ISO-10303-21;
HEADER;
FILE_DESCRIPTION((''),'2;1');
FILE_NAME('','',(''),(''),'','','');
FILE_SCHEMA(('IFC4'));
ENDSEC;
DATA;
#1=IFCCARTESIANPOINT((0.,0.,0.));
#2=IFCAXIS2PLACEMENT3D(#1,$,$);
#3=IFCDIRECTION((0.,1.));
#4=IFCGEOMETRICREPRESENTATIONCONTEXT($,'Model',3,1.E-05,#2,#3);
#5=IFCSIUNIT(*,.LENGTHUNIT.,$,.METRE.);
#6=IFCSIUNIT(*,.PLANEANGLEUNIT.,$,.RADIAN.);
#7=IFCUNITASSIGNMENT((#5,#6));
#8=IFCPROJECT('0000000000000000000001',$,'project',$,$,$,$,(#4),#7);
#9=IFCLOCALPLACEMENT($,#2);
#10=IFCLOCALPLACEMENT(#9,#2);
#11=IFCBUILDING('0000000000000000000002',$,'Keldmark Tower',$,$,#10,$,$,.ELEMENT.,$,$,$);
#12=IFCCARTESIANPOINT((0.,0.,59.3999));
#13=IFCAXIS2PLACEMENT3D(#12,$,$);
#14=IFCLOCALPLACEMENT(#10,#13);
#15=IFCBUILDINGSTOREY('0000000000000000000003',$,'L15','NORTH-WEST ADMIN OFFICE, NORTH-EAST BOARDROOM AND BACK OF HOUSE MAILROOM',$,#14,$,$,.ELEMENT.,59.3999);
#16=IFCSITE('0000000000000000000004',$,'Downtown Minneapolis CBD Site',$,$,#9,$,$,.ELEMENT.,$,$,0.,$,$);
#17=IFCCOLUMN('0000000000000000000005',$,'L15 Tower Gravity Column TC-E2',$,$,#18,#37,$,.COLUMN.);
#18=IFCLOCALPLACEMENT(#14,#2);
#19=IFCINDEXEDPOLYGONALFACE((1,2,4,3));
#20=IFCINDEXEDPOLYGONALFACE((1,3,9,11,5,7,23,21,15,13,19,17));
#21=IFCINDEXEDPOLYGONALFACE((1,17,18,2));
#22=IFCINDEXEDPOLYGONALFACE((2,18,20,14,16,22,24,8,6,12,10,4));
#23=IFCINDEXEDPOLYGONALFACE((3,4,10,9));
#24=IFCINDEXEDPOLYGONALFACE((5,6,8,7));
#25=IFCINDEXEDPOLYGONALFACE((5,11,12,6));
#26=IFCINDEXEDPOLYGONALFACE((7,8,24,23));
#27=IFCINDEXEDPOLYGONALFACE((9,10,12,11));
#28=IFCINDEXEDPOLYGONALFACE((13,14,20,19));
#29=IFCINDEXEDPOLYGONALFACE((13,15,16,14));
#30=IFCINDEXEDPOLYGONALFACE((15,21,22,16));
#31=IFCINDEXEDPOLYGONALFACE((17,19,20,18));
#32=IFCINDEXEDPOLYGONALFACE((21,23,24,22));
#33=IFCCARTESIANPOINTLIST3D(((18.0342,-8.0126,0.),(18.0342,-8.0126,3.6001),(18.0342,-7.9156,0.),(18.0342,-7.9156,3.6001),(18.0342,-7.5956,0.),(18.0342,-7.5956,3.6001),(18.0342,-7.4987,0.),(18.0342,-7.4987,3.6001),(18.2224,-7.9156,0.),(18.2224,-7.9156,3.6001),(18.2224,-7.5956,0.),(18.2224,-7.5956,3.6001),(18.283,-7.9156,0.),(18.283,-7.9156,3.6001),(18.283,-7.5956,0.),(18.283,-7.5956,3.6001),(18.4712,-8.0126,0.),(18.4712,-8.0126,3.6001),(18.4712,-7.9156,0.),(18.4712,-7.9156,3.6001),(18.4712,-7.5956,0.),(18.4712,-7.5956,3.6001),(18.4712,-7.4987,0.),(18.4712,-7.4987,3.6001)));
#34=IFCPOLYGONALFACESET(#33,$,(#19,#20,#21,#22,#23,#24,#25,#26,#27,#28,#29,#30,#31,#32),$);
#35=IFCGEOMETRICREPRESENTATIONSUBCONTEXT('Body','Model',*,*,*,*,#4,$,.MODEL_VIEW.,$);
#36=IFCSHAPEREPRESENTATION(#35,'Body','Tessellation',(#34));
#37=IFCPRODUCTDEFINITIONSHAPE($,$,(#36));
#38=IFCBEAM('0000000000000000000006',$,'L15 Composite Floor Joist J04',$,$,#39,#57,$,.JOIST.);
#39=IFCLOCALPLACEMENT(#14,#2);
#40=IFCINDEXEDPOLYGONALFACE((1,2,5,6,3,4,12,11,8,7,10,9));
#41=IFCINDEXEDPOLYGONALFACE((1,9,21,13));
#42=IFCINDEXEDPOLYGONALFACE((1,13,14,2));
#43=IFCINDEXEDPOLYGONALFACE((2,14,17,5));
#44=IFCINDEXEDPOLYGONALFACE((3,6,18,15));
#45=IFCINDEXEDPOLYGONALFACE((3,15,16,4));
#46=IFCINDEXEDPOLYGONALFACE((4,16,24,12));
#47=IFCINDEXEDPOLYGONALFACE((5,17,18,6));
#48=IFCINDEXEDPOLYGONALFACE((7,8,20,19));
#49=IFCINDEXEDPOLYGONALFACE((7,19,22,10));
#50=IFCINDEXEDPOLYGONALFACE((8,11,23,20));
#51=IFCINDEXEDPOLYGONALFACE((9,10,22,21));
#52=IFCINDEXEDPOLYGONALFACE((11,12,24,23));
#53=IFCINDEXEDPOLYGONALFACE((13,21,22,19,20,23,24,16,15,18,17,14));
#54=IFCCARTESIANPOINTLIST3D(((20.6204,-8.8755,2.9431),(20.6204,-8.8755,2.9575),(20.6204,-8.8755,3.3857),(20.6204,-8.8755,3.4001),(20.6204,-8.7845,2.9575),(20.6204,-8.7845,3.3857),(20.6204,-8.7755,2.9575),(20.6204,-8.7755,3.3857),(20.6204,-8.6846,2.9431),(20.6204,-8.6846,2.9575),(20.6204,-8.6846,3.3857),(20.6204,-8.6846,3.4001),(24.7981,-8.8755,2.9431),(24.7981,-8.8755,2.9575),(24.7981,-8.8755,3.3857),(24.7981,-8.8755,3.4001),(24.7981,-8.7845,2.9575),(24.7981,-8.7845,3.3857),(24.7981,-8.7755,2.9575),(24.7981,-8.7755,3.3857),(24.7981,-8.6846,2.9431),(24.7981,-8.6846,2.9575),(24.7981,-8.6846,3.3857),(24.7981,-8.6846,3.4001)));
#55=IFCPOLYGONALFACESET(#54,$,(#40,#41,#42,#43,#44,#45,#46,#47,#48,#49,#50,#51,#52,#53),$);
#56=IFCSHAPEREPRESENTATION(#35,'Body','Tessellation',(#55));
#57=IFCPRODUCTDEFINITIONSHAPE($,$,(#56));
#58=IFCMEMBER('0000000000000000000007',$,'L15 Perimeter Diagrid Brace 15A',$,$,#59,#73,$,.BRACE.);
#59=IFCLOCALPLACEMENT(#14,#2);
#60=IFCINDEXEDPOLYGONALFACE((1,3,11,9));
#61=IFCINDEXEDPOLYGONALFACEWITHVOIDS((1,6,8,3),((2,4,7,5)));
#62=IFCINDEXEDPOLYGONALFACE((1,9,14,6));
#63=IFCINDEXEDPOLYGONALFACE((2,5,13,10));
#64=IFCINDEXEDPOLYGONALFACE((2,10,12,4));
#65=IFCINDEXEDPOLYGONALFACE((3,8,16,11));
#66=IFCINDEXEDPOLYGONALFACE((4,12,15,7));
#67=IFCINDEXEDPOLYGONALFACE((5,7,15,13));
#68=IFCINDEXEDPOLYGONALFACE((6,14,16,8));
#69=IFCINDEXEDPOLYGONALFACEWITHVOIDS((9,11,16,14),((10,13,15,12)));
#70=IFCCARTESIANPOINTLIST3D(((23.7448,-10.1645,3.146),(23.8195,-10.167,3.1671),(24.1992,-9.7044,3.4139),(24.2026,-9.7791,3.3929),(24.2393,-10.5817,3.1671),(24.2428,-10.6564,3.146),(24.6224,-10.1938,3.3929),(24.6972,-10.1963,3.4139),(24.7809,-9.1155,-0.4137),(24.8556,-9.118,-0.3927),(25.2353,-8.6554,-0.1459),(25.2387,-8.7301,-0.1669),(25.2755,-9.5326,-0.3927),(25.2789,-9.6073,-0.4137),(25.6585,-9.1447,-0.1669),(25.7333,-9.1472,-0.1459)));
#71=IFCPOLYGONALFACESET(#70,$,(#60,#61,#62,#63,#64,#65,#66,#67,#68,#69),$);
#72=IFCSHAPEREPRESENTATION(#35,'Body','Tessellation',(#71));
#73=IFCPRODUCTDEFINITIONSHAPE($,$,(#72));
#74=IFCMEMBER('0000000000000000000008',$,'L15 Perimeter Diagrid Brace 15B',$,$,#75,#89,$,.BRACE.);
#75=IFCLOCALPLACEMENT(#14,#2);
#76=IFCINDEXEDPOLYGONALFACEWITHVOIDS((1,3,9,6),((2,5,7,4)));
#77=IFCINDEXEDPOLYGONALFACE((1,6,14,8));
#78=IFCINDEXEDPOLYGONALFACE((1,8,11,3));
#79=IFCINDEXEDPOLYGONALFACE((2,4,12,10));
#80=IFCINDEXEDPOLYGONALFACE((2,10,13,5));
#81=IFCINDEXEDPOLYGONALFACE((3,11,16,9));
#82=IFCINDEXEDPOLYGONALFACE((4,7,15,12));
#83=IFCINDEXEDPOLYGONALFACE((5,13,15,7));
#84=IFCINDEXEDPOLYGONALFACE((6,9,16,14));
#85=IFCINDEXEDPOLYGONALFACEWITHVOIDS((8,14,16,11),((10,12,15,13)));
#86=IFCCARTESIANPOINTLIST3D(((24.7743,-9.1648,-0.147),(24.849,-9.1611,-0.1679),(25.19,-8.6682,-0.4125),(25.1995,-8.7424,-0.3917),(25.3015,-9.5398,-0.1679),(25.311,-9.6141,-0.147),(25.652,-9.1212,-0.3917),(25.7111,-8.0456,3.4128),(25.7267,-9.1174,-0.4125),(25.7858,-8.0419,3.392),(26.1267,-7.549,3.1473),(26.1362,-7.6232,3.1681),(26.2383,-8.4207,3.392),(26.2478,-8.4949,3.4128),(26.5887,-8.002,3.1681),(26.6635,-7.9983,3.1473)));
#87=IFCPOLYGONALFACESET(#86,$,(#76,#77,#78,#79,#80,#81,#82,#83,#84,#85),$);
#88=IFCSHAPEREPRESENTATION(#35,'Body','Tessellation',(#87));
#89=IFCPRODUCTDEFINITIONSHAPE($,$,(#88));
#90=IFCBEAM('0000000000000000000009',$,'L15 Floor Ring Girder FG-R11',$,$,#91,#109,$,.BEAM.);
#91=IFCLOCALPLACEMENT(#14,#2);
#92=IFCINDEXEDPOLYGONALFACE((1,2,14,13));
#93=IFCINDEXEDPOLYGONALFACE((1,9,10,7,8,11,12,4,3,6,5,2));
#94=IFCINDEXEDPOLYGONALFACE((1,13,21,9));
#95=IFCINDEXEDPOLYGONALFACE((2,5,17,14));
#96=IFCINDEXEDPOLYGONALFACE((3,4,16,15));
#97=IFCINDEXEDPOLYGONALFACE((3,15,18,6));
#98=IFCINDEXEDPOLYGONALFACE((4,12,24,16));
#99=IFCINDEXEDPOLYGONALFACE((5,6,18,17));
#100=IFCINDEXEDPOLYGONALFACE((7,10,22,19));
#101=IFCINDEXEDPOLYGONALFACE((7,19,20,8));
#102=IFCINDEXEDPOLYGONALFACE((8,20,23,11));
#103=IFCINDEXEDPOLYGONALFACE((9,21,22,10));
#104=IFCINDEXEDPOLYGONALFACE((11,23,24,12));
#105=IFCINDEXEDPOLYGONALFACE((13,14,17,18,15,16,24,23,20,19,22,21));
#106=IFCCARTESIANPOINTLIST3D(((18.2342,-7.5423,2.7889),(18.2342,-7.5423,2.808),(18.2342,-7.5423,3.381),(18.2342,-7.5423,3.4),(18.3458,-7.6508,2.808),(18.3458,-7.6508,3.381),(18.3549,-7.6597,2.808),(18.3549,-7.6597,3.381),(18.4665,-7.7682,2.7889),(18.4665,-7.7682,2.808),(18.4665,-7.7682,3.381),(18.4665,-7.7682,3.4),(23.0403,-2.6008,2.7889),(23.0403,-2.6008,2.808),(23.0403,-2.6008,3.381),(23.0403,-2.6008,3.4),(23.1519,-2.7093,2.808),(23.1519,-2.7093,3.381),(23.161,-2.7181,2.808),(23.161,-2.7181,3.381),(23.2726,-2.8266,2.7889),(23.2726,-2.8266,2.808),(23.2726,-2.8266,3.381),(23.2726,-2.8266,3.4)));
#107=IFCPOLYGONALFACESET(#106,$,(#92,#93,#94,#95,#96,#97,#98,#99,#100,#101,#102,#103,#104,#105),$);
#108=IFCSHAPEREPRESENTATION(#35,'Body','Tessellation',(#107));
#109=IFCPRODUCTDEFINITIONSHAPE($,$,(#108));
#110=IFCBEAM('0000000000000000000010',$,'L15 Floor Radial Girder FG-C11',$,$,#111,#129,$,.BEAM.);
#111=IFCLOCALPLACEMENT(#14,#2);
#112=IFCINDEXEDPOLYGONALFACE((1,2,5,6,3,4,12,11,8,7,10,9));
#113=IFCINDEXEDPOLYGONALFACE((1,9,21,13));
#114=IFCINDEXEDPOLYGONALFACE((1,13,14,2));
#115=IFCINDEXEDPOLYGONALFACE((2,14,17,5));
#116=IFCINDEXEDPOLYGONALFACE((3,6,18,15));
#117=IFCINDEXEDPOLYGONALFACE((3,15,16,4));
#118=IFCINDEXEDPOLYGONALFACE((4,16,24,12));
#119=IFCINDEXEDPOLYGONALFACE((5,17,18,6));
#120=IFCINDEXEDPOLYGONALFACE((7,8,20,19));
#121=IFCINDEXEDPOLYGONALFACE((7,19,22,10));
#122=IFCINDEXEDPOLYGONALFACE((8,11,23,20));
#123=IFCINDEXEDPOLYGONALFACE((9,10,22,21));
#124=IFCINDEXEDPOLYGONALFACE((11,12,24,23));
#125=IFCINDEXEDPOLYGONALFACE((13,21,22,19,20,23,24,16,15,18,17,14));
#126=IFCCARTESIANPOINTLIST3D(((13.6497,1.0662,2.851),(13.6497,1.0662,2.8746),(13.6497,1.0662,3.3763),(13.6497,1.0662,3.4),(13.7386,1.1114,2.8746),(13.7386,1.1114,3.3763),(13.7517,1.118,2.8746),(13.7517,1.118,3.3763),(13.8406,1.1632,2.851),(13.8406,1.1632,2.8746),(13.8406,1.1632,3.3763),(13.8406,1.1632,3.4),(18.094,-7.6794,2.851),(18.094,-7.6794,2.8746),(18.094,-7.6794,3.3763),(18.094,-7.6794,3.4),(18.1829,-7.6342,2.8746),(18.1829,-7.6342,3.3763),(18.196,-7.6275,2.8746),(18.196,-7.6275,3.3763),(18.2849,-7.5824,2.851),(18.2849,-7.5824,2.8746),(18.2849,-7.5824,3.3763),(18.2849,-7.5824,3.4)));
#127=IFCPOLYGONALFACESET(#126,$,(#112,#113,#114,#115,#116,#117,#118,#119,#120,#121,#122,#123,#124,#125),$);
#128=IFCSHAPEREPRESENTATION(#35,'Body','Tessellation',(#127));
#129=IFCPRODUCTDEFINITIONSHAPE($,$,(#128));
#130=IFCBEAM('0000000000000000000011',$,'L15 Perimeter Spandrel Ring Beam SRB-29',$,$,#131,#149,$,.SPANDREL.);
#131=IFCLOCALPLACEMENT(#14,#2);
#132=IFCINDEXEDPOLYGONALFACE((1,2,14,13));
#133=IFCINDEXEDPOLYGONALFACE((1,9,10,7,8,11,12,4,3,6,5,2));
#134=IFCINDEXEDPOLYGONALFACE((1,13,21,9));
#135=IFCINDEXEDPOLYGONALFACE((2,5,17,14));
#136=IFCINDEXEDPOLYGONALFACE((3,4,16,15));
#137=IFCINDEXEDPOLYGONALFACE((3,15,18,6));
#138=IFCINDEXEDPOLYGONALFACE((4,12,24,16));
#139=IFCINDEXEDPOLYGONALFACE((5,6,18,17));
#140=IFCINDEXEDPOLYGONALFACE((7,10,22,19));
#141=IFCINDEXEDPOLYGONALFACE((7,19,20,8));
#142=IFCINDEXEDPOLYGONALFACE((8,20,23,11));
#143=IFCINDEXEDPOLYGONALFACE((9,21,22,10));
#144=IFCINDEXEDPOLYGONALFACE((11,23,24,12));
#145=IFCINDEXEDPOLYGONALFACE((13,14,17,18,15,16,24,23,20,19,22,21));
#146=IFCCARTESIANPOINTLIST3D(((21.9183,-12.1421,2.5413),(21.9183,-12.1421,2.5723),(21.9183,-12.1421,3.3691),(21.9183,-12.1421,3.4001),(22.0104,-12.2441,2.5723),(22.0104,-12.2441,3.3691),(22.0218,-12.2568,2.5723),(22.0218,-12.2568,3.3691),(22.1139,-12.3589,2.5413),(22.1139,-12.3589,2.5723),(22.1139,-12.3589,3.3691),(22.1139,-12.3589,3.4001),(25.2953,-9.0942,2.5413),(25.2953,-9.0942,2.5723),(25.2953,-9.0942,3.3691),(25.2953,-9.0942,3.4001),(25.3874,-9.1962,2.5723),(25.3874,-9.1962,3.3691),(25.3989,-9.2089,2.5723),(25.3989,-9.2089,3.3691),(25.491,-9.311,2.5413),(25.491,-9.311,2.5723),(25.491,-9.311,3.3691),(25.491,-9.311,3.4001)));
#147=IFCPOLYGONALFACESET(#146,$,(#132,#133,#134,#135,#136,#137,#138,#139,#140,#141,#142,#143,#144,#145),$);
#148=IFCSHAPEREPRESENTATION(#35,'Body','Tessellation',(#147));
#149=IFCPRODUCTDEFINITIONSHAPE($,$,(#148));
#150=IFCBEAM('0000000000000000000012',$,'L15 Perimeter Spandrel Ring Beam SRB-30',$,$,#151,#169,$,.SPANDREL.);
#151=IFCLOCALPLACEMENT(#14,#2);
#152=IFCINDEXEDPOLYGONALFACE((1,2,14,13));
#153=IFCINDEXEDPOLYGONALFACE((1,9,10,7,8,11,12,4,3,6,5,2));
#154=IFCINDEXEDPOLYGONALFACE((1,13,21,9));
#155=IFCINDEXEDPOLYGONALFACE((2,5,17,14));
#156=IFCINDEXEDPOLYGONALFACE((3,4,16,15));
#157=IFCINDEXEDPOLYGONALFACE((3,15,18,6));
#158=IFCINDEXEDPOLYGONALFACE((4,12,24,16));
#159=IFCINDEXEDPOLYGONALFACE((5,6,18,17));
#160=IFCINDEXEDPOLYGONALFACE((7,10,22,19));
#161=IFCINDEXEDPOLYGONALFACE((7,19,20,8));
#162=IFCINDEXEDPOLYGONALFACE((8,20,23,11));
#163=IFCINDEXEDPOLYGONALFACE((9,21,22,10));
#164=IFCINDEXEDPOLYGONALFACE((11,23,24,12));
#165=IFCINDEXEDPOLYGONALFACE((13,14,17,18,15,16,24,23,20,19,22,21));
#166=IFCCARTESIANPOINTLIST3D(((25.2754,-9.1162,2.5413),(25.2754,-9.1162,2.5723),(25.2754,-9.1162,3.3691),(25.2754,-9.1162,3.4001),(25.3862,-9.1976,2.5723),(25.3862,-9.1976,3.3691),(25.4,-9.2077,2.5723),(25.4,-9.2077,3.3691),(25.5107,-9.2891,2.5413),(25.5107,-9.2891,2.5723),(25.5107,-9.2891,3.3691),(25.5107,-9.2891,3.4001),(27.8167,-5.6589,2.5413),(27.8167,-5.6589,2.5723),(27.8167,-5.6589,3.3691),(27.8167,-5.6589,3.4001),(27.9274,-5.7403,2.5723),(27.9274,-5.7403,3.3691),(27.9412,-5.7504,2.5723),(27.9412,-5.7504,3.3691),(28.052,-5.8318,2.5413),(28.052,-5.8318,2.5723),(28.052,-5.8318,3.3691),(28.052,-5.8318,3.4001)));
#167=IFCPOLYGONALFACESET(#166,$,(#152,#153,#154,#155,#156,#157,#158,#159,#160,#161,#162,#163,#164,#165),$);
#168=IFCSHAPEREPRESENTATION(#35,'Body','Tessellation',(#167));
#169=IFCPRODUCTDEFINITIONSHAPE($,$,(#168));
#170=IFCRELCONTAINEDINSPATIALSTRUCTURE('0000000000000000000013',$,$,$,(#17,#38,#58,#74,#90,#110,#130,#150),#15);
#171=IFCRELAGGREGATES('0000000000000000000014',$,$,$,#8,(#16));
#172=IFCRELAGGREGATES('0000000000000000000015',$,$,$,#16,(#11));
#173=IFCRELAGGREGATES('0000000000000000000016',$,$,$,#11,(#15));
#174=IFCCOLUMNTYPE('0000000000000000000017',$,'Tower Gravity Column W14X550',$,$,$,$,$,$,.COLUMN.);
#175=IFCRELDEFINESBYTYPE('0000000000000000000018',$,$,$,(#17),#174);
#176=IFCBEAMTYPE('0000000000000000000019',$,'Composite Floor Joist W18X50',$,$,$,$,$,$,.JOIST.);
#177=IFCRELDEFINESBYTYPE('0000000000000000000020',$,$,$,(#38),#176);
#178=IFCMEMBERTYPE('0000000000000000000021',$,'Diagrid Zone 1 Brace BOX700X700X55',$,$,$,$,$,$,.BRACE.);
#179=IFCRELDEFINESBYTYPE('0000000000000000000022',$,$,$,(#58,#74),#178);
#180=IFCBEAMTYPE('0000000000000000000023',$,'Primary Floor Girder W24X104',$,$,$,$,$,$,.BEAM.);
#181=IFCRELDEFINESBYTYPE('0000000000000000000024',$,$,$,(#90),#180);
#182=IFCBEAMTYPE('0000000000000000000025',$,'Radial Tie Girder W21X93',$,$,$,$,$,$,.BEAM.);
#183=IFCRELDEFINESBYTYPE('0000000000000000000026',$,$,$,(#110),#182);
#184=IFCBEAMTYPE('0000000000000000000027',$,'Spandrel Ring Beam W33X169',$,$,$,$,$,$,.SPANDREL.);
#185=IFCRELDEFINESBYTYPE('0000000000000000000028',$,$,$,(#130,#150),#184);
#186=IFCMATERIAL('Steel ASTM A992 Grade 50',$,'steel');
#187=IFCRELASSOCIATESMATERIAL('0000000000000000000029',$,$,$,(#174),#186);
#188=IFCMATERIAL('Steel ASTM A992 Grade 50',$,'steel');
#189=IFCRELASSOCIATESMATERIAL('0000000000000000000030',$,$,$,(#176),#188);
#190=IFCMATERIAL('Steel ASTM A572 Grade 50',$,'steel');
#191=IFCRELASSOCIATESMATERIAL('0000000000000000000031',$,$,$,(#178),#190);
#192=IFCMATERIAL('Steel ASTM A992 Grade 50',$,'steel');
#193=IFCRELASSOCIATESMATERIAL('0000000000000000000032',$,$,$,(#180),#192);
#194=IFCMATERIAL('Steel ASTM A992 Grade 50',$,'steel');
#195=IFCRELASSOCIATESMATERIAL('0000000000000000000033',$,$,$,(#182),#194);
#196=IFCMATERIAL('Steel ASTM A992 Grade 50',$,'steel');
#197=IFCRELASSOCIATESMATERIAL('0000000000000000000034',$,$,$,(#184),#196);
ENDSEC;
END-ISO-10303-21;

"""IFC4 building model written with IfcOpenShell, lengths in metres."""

from ifc_helpers import new_model, si_unit, direction, frame, origin, origin_2d, place, context, subcontext, project, spatial, hollow_rectangle, i_section, extrude, material, material_profile, profile_set, type_object, element, save


model = new_model("IFC4")

# Units and contexts
model_context = context("Model", 3, precision=1e-05, world=origin(), true_north=direction((0.0, 1.0)))
body_context = subcontext(model_context, "Body", "Model", "MODEL_VIEW")
ifc_project = project(units=[si_unit("LENGTHUNIT", "METRE"), si_unit("PLANEANGLEUNIT", "RADIAN")], contexts=[model_context])

# Site, building, storey
site_placement = place(None, origin())
site = spatial("IfcSite", under=ifc_project, at=site_placement, Name="Downtown Minneapolis CBD Site", CompositionType="ELEMENT", RefElevation=0.0)
building_placement = place(site_placement, origin())
building = spatial("IfcBuilding", under=site, at=building_placement, Name="Keldmark Tower", CompositionType="ELEMENT")
storey_placement = place(building_placement, frame((0.0, 0.0, 59.3999)))
storey = spatial("IfcBuildingStorey", under=building, at=storey_placement, Name="L15", Description="NORTH-WEST ADMIN OFFICE, NORTH-EAST BOARDROOM AND BACK OF HOUSE MAILROOM", CompositionType="ELEMENT", Elevation=59.3999)

# Column
ifc_material_1 = material(Name="Steel ASTM A992 Grade 50", Category="steel")
ifc_material_profile_1 = material_profile(ifc_material_1, i_section(OverallWidth=0.437, OverallDepth=0.5139, WebThickness=0.0605, FlangeThickness=0.0969, at=origin_2d()), Name="W14X550")
ifc_profile_set_1 = profile_set([ifc_material_profile_1], Name="Steel ASTM A992 Grade 50")
column_type = type_object("IfcColumnType", Name="Tower Gravity Column W14X550", PredefinedType="COLUMN", material=ifc_profile_set_1)
column_placement = place(storey_placement, frame((18.2527, -7.7556, 0.0), z_axis=(0.0, 0.0, 1.0), x_axis=(1.0, 0.0, 0.0)))
element("IfcColumn", 1, at=column_placement, inside=storey, type_object=column_type, Name="L15 Tower Gravity Column TC-E2", PredefinedType="COLUMN", context=body_context, shape_type="SweptSolid", body=[
    extrude(i_section(OverallWidth=0.437, OverallDepth=0.5139, WebThickness=0.0605, FlangeThickness=0.0969, at=origin_2d()), origin(), (0.0, 0.0, 1.0), 3.6001),
])

# Beam
ifc_material_2 = material(Name="Steel ASTM A992 Grade 50", Category="steel")
ifc_material_profile_2 = material_profile(ifc_material_2, i_section(OverallWidth=0.1909, OverallDepth=0.457, WebThickness=0.009, FlangeThickness=0.0144, at=origin_2d()), Name="W18X50")
ifc_profile_set_2 = profile_set([ifc_material_profile_2], Name="Steel ASTM A992 Grade 50")
beam_type_1 = type_object("IfcBeamType", Name="Composite Floor Joist W18X50", PredefinedType="JOIST", material=ifc_profile_set_2)
beam_1_placement = place(storey_placement, frame((20.6204, -8.78, 3.1716), z_axis=(1.0, 0.0, 0.0), x_axis=(0.0, 1.0, 0.0)))
element("IfcBeam", 2, at=beam_1_placement, inside=storey, type_object=beam_type_1, Name="L15 Composite Floor Joist J04", PredefinedType="JOIST", context=body_context, shape_type="SweptSolid", body=[
    extrude(i_section(OverallWidth=0.1909, OverallDepth=0.457, WebThickness=0.009, FlangeThickness=0.0144, at=origin_2d()), origin(), (0.0, 0.0, 1.0), 4.1777),
])

# Members
ifc_material_3 = material(Name="Steel ASTM A572 Grade 50", Category="steel")
ifc_material_profile_3 = material_profile(ifc_material_3, hollow_rectangle(XDim=0.7, YDim=0.7, WallThickness=0.0549, at=origin_2d()), Name="BOX700X700X55")
ifc_profile_set_3 = profile_set([ifc_material_profile_3], Name="Steel ASTM A572 Grade 50")
member_type = type_object("IfcMemberType", Name="Diagrid Zone 1 Brace BOX700X700X55", PredefinedType="BRACE", material=ifc_profile_set_3)
member_1_placement = place(storey_placement, frame((25.2571, -9.1313, -0.2798), z_axis=(-0.268909, -0.272267, 0.923883), x_axis=(0.711481, -0.702705, 0.0)))
element("IfcMember", 3, at=member_1_placement, inside=storey, type_object=member_type, Name="L15 Perimeter Diagrid Brace 15A", PredefinedType="BRACE", context=body_context, shape_type="SweptSolid", body=[
    extrude(hollow_rectangle(XDim=0.7, YDim=0.7, WallThickness=0.0549, at=origin_2d()), origin(), (0.0, 0.0, 1.0), 3.853),
])
member_2_placement = place(storey_placement, frame((25.2505, -9.1411, -0.2798), z_axis=(0.243482, 0.290884, 0.925258), x_axis=(-0.766821, 0.641861, 0.0)))
element("IfcMember", 4, at=member_2_placement, inside=storey, type_object=member_type, Name="L15 Perimeter Diagrid Brace 15B", PredefinedType="BRACE", context=body_context, shape_type="SweptSolid", body=[
    extrude(hollow_rectangle(XDim=0.7, YDim=0.7, WallThickness=0.0549, at=origin_2d()), origin(), (0.0, 0.0, 1.0), 3.8474),
])

# Beams
ifc_material_4 = material(Name="Steel ASTM A992 Grade 50", Category="steel")
ifc_material_profile_4 = material_profile(ifc_material_4, i_section(OverallWidth=0.324, OverallDepth=0.6111, WebThickness=0.0127, FlangeThickness=0.019, at=origin_2d()), Name="W24X104")
ifc_profile_set_4 = profile_set([ifc_material_profile_4], Name="Steel ASTM A992 Grade 50")
beam_type_2 = type_object("IfcBeamType", Name="Primary Floor Girder W24X104", PredefinedType="BEAM", material=ifc_profile_set_4)
beam_2_placement = place(storey_placement, frame((18.3503, -7.6553, 3.0945), z_axis=(0.69721, 0.716867, 0.0), x_axis=(-0.716867, 0.69721, 0.0)))
element("IfcBeam", 5, at=beam_2_placement, inside=storey, type_object=beam_type_2, Name="L15 Floor Ring Girder FG-R11", PredefinedType="BEAM", context=body_context, shape_type="SweptSolid", body=[
    extrude(i_section(OverallWidth=0.324, OverallDepth=0.6111, WebThickness=0.0127, FlangeThickness=0.019, at=origin_2d()), origin(), (0.0, 0.0, 1.0), 6.8933),
])
ifc_material_5 = material(Name="Steel ASTM A992 Grade 50", Category="steel")
ifc_material_profile_5 = material_profile(ifc_material_5, i_section(OverallWidth=0.2141, OverallDepth=0.5491, WebThickness=0.0146, FlangeThickness=0.0237, at=origin_2d()), Name="W21X93")
ifc_profile_set_5 = profile_set([ifc_material_profile_5], Name="Steel ASTM A992 Grade 50")
beam_type_3 = type_object("IfcBeamType", Name="Radial Tie Girder W21X93", PredefinedType="BEAM", material=ifc_profile_set_5)
beam_3_placement = place(storey_placement, frame((18.1895, -7.6309, 3.1255), z_axis=(-0.453038, 0.891491, 0.0), x_axis=(-0.891491, -0.453038, 0.0)))
element("IfcBeam", 6, at=beam_3_placement, inside=storey, type_object=beam_type_3, Name="L15 Floor Radial Girder FG-C11", PredefinedType="BEAM", context=body_context, shape_type="SweptSolid", body=[
    extrude(i_section(OverallWidth=0.2141, OverallDepth=0.5491, WebThickness=0.0146, FlangeThickness=0.0237, at=origin_2d()), origin(), (0.0, 0.0, 1.0), 9.8101),
])
ifc_material_6 = material(Name="Steel ASTM A992 Grade 50", Category="steel")
ifc_material_profile_6 = material_profile(ifc_material_6, i_section(OverallWidth=0.292, OverallDepth=0.8589, WebThickness=0.0171, FlangeThickness=0.031, at=origin_2d()), Name="W33X169")
ifc_profile_set_6 = profile_set([ifc_material_profile_6], Name="Steel ASTM A992 Grade 50")
beam_type_4 = type_object("IfcBeamType", Name="Spandrel Ring Beam W33X169", PredefinedType="SPANDREL", material=ifc_profile_set_6)
beam_4_placement = place(storey_placement, frame((22.0161, -12.2505, 2.9707), z_axis=(0.742354, 0.670008, 0.0), x_axis=(-0.670008, 0.742354, 0.0)))
element("IfcBeam", 7, at=beam_4_placement, inside=storey, type_object=beam_type_4, Name="L15 Perimeter Spandrel Ring Beam SRB-29", PredefinedType="SPANDREL", context=body_context, shape_type="SweptSolid", body=[
    extrude(i_section(OverallWidth=0.292, OverallDepth=0.8589, WebThickness=0.0171, FlangeThickness=0.031, at=origin_2d()), origin(), (0.0, 0.0, 1.0), 4.5491),
])
beam_5_placement = place(storey_placement, frame((25.3931, -9.2026, 2.9707), z_axis=(0.592261, 0.805746, 0.0), x_axis=(-0.805746, 0.592261, 0.0)))
element("IfcBeam", 8, at=beam_5_placement, inside=storey, type_object=beam_type_4, Name="L15 Perimeter Spandrel Ring Beam SRB-30", PredefinedType="SPANDREL", context=body_context, shape_type="SweptSolid", body=[
    extrude(i_section(OverallWidth=0.292, OverallDepth=0.8589, WebThickness=0.0171, FlangeThickness=0.031, at=origin_2d()), origin(), (0.0, 0.0, 1.0), 4.2908),
])

save(model, "model.ifc")
